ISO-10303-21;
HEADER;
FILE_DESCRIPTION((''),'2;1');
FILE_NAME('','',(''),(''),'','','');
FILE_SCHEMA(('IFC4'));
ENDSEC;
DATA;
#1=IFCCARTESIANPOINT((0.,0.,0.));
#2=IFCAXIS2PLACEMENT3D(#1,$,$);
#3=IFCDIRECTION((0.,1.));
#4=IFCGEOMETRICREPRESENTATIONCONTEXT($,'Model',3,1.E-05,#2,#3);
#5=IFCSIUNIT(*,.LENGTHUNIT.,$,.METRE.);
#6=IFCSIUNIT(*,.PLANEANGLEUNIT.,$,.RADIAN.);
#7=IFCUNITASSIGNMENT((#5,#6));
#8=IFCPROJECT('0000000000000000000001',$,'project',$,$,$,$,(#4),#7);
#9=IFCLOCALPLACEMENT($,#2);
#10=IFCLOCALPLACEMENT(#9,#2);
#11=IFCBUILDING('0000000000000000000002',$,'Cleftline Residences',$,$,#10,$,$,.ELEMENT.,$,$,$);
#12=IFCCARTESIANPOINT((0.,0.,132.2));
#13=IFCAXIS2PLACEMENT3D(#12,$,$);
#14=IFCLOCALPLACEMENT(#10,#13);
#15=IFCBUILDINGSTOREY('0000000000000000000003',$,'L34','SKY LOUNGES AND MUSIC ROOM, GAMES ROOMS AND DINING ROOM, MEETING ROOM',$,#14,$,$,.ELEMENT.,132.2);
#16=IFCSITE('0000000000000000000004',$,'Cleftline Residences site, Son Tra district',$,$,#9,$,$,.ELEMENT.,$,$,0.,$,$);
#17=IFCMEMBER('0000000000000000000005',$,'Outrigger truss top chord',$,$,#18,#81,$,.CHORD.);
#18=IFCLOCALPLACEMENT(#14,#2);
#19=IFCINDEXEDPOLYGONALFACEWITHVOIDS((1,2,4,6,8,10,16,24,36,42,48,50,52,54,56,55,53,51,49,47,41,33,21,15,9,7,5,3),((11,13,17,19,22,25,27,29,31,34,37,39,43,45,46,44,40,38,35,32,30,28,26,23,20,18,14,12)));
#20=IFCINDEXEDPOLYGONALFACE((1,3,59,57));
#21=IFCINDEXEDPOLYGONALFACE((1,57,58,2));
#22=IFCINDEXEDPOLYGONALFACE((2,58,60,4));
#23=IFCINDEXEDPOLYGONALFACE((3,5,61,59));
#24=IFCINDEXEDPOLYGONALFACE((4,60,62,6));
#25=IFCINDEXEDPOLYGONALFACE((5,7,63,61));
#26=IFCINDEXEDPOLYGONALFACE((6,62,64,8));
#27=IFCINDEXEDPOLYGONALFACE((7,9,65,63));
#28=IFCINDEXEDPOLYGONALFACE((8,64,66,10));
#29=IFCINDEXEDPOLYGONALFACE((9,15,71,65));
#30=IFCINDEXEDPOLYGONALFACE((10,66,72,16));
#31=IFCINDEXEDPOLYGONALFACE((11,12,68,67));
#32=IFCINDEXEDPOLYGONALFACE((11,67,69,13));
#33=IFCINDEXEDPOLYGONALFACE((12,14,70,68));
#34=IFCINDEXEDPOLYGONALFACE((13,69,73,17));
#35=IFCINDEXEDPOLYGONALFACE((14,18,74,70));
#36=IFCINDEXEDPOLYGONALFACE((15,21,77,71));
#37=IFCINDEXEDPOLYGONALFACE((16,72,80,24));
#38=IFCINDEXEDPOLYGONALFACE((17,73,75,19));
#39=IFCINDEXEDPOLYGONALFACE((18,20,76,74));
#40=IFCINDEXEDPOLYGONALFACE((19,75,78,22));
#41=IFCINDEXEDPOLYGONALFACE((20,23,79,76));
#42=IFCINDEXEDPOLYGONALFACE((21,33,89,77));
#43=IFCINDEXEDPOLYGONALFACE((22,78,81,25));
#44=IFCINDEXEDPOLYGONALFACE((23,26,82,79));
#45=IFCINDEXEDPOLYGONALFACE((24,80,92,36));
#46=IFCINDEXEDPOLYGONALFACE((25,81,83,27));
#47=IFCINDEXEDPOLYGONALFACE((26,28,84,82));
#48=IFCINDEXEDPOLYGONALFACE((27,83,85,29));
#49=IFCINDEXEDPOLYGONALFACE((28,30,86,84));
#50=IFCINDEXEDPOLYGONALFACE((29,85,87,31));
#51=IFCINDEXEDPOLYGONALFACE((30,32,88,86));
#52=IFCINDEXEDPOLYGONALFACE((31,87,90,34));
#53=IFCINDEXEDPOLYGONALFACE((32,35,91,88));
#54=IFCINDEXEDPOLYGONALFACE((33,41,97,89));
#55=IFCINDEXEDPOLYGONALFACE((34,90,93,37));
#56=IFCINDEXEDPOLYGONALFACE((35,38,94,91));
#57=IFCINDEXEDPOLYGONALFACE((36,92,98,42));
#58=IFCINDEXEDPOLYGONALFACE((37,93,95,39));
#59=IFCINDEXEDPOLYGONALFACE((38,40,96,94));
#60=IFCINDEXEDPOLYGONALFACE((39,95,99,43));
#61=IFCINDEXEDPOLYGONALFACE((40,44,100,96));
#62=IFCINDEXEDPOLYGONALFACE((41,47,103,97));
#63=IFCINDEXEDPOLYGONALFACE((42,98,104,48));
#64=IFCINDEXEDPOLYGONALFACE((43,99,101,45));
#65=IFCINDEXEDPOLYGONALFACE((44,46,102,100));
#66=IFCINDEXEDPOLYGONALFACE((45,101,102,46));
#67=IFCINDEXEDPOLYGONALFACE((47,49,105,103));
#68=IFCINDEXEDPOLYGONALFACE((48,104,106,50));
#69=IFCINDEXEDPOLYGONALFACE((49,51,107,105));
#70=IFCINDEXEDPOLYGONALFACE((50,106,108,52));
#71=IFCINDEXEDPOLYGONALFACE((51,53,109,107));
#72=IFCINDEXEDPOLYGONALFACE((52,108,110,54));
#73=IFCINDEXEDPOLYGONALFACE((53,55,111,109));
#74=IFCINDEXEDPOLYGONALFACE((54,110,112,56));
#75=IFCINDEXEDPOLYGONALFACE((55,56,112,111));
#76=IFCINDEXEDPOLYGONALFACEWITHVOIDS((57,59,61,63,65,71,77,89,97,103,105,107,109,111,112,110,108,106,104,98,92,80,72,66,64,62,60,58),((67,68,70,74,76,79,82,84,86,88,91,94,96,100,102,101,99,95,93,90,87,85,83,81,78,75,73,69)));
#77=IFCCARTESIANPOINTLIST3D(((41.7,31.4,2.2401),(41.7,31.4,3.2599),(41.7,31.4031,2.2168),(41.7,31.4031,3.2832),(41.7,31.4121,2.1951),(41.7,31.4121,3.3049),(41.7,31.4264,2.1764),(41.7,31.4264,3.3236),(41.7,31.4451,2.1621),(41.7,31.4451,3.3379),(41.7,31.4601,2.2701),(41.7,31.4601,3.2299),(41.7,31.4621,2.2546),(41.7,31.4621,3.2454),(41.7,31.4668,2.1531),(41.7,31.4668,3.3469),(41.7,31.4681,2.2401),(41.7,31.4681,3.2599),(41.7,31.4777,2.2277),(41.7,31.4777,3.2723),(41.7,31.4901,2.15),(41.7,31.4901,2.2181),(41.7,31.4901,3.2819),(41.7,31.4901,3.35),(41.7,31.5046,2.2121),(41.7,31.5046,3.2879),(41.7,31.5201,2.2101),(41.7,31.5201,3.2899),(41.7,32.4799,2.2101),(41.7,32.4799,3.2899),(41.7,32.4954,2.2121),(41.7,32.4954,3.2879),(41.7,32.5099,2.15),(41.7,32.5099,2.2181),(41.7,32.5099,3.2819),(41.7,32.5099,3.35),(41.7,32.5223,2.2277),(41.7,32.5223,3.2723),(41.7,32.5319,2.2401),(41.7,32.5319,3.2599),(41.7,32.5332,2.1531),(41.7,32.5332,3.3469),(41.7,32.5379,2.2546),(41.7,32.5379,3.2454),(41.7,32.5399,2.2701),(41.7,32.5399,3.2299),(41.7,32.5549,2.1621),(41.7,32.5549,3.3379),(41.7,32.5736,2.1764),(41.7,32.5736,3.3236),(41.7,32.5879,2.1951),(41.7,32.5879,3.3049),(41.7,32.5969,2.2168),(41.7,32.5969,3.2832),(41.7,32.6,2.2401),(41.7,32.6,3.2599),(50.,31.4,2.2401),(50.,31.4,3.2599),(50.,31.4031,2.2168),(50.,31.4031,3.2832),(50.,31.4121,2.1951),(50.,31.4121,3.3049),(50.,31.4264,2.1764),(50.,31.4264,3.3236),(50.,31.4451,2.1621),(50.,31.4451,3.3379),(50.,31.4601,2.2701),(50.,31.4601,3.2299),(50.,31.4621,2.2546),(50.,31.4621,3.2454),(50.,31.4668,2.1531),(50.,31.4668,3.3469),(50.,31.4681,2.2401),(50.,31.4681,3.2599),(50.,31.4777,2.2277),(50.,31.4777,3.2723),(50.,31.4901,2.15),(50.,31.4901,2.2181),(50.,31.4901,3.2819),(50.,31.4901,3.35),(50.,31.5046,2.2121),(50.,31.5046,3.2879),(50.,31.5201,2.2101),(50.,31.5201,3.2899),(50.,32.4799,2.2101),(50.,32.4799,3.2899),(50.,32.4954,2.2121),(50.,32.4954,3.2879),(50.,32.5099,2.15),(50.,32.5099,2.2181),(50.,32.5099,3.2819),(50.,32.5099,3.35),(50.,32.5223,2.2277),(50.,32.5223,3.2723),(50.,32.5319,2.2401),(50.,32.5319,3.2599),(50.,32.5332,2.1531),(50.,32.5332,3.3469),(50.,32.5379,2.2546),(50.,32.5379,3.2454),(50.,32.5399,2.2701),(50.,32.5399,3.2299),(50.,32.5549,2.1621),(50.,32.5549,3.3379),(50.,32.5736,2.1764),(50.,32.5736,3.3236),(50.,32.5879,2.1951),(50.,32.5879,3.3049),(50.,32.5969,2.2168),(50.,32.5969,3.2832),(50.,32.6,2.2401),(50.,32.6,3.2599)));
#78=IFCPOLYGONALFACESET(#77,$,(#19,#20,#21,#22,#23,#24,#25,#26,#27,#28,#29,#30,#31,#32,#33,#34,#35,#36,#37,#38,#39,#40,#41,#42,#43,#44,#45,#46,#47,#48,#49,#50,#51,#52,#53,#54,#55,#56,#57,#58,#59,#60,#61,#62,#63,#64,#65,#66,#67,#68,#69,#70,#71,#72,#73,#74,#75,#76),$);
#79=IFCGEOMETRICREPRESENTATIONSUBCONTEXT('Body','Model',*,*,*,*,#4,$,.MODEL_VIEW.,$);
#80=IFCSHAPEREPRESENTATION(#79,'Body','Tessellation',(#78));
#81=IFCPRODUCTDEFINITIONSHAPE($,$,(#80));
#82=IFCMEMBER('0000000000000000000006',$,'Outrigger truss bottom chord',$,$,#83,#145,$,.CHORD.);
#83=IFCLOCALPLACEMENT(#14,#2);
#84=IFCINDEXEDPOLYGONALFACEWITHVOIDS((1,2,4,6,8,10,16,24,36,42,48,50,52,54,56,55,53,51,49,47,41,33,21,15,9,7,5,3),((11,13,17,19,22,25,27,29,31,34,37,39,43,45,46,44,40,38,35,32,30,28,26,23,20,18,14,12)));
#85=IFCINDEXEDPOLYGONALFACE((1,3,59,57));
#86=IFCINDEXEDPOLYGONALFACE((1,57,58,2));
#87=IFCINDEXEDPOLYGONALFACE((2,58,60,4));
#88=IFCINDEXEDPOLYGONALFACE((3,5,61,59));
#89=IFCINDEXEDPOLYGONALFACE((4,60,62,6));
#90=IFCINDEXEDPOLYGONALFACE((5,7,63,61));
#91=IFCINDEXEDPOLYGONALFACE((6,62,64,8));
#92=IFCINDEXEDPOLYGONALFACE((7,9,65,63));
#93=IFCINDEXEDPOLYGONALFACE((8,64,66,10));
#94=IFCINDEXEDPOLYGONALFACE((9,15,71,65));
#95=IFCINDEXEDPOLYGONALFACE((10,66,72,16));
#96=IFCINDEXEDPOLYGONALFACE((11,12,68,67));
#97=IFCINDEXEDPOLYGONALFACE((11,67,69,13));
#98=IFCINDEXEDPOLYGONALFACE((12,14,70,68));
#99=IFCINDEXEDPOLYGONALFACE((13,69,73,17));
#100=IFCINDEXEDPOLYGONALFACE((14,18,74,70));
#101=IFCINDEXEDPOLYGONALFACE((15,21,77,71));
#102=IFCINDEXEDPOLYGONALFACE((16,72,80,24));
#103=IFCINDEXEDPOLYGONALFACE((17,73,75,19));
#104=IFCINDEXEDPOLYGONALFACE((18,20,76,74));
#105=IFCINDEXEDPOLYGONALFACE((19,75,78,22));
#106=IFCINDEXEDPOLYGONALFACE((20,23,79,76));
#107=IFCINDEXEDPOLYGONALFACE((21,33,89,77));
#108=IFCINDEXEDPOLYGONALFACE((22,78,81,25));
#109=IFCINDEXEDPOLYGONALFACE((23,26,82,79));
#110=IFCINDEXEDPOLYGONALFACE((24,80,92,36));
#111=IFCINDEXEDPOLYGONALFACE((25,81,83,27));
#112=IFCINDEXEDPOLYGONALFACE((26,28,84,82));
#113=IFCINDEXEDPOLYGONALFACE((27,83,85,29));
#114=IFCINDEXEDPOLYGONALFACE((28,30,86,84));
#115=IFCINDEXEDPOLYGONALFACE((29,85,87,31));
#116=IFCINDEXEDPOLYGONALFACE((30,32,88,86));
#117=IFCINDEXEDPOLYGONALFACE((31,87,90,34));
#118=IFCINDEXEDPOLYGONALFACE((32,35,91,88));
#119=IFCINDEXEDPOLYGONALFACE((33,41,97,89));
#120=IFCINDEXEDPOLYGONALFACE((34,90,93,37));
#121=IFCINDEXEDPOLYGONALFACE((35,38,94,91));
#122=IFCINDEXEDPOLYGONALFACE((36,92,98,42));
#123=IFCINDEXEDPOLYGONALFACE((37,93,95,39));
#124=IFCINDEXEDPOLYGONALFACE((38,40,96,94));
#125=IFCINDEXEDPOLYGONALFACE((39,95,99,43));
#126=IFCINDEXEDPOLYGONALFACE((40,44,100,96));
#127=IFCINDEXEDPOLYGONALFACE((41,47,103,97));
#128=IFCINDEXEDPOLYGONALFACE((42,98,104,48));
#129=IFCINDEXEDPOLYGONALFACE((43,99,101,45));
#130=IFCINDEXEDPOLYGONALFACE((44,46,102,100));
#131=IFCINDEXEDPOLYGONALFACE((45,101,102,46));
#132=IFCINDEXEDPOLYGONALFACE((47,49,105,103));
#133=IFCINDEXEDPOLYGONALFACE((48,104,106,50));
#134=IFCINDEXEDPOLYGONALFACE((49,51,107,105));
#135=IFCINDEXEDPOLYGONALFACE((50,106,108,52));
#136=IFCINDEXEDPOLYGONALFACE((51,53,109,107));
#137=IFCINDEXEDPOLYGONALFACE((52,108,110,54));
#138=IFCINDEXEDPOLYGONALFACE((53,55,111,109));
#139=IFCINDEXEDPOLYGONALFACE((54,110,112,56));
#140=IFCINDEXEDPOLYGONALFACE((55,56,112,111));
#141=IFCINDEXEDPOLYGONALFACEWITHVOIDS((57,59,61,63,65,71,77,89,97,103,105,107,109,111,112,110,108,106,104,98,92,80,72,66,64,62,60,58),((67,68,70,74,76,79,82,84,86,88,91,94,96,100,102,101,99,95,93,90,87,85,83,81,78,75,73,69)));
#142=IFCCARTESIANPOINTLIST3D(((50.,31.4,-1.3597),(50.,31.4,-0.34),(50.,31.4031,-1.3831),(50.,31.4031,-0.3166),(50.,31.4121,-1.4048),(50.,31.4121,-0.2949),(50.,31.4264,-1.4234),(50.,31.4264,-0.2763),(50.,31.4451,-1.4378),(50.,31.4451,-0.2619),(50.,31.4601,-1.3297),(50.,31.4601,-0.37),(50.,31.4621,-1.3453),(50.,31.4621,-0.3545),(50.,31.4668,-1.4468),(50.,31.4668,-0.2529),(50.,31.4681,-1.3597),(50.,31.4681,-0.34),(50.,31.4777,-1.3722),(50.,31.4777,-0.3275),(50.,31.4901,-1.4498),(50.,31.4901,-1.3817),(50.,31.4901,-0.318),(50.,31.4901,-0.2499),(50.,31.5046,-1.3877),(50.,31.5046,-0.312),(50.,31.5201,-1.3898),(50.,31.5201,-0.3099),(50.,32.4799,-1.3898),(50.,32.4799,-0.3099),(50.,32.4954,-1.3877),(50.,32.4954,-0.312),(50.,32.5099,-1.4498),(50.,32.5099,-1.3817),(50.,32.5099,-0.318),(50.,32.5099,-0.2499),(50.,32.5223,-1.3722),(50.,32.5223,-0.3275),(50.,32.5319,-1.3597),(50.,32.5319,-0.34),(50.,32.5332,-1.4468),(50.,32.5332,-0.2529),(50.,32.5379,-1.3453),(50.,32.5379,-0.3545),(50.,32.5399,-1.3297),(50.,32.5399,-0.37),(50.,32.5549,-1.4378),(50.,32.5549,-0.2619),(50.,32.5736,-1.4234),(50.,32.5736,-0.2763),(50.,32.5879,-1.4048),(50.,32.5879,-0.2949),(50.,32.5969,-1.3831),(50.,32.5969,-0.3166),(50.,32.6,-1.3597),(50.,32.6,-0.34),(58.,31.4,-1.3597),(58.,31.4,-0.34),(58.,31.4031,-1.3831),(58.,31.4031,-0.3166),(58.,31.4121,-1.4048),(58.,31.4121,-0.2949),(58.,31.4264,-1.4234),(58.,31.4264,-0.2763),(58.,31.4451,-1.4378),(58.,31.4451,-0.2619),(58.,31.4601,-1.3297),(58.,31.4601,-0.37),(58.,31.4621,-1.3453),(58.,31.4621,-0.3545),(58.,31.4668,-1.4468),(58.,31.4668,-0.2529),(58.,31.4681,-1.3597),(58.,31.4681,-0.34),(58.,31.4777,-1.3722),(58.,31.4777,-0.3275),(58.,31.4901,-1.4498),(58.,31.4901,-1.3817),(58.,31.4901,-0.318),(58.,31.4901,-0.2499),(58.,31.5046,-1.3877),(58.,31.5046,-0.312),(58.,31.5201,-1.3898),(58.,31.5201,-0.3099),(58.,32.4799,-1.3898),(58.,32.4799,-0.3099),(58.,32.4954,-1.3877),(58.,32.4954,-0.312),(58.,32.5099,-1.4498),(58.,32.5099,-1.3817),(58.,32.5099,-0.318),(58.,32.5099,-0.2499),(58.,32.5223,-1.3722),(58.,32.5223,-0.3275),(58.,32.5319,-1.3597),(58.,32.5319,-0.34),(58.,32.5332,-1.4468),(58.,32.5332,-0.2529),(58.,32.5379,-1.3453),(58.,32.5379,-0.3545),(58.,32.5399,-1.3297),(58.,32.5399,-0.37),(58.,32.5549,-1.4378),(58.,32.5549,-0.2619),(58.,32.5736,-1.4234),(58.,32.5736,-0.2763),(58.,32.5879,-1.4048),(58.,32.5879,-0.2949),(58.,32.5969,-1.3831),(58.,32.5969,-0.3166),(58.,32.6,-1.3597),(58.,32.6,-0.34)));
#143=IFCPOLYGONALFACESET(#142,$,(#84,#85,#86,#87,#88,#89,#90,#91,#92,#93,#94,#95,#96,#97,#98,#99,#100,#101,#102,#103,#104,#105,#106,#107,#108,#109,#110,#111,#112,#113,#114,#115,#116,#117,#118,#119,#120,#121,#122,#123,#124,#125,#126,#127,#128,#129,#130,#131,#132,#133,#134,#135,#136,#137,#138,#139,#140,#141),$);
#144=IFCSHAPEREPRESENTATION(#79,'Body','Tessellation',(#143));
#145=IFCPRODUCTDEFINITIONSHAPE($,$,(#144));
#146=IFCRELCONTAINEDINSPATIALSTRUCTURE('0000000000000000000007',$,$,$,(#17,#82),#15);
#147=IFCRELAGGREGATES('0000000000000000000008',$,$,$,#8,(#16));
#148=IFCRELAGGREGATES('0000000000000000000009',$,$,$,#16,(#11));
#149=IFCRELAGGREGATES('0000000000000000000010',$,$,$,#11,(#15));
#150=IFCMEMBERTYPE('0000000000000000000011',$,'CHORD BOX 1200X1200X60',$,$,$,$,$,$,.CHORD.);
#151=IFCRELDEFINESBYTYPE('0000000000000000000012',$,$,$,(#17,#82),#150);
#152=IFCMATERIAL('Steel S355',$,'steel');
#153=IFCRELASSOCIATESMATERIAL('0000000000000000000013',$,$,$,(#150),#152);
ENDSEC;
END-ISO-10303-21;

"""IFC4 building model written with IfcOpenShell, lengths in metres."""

from ifc_helpers import new_model, si_unit, direction, frame, origin, origin_2d, place, context, subcontext, project, spatial, hollow_rectangle, extrude, material, material_profile, profile_set, type_object, element, save


model = new_model("IFC4")

# Units and contexts
model_context = context("Model", 3, precision=1e-05, world=origin(), true_north=direction((0.0, 1.0)))
body_context = subcontext(model_context, "Body", "Model", "MODEL_VIEW")
ifc_project = project(units=[si_unit("LENGTHUNIT", "METRE"), si_unit("PLANEANGLEUNIT", "RADIAN")], contexts=[model_context])

# Site, building, storey
site_placement = place(None, origin())
site = spatial("IfcSite", under=ifc_project, at=site_placement, Name="Cleftline Residences site, Son Tra district", CompositionType="ELEMENT", RefElevation=0.0)
building_placement = place(site_placement, origin())
building = spatial("IfcBuilding", under=site, at=building_placement, Name="Cleftline Residences", CompositionType="ELEMENT")
storey_placement = place(building_placement, frame((0.0, 0.0, 132.2)))
storey = spatial("IfcBuildingStorey", under=building, at=storey_placement, Name="L34", Description="SKY LOUNGES AND MUSIC ROOM, GAMES ROOMS AND DINING ROOM, MEETING ROOM", CompositionType="ELEMENT", Elevation=132.2)

# Members
ifc_material_1 = material(Name="Steel S355", Category="steel")
ifc_material_profile_1 = material_profile(ifc_material_1, hollow_rectangle(XDim=1.2, YDim=1.2, WallThickness=0.0601, InnerFilletRadius=0.0601, OuterFilletRadius=0.0901, at=origin_2d()))
ifc_profile_set_1 = profile_set([ifc_material_profile_1], Name="Steel S355")
member_type_1 = type_object("IfcMemberType", Name="CHORD BOX 1200X1200X60", PredefinedType="CHORD", material=ifc_profile_set_1)
for number, where, z_axis, x_axis, name in (
    (1, (41.7, 32.0, 2.75), (1.0, 0.0, 0.0), (0.0, 1.0, 0.0), "Outrigger truss top chord"),
):
    element("IfcMember", number, at=place(storey_placement, frame(where, z_axis=z_axis, x_axis=x_axis)), inside=storey, type_object=member_type_1, Name=name, PredefinedType="CHORD", context=body_context, shape_type="SweptSolid", body=[
        extrude(hollow_rectangle(XDim=1.2, YDim=1.2, WallThickness=0.0601, InnerFilletRadius=0.0601, OuterFilletRadius=0.0901, at=origin_2d()), origin(), (0.0, 0.0, 1.0), 8.3),
    ])
for number, where, z_axis, x_axis, name in (
    (2, (50.0, 32.0, -0.8499), (1.0, 0.0, 0.0), (0.0, 1.0, 0.0), "Outrigger truss bottom chord"),
):
    element("IfcMember", number, at=place(storey_placement, frame(where, z_axis=z_axis, x_axis=x_axis)), inside=storey, type_object=member_type_1, Name=name, PredefinedType="CHORD", context=body_context, shape_type="SweptSolid", body=[
        extrude(hollow_rectangle(XDim=1.2, YDim=1.2, WallThickness=0.0601, InnerFilletRadius=0.0601, OuterFilletRadius=0.0901, at=origin_2d()), origin(), (0.0, 0.0, 1.0), 8.0),
    ])

save(model, "model.ifc")
